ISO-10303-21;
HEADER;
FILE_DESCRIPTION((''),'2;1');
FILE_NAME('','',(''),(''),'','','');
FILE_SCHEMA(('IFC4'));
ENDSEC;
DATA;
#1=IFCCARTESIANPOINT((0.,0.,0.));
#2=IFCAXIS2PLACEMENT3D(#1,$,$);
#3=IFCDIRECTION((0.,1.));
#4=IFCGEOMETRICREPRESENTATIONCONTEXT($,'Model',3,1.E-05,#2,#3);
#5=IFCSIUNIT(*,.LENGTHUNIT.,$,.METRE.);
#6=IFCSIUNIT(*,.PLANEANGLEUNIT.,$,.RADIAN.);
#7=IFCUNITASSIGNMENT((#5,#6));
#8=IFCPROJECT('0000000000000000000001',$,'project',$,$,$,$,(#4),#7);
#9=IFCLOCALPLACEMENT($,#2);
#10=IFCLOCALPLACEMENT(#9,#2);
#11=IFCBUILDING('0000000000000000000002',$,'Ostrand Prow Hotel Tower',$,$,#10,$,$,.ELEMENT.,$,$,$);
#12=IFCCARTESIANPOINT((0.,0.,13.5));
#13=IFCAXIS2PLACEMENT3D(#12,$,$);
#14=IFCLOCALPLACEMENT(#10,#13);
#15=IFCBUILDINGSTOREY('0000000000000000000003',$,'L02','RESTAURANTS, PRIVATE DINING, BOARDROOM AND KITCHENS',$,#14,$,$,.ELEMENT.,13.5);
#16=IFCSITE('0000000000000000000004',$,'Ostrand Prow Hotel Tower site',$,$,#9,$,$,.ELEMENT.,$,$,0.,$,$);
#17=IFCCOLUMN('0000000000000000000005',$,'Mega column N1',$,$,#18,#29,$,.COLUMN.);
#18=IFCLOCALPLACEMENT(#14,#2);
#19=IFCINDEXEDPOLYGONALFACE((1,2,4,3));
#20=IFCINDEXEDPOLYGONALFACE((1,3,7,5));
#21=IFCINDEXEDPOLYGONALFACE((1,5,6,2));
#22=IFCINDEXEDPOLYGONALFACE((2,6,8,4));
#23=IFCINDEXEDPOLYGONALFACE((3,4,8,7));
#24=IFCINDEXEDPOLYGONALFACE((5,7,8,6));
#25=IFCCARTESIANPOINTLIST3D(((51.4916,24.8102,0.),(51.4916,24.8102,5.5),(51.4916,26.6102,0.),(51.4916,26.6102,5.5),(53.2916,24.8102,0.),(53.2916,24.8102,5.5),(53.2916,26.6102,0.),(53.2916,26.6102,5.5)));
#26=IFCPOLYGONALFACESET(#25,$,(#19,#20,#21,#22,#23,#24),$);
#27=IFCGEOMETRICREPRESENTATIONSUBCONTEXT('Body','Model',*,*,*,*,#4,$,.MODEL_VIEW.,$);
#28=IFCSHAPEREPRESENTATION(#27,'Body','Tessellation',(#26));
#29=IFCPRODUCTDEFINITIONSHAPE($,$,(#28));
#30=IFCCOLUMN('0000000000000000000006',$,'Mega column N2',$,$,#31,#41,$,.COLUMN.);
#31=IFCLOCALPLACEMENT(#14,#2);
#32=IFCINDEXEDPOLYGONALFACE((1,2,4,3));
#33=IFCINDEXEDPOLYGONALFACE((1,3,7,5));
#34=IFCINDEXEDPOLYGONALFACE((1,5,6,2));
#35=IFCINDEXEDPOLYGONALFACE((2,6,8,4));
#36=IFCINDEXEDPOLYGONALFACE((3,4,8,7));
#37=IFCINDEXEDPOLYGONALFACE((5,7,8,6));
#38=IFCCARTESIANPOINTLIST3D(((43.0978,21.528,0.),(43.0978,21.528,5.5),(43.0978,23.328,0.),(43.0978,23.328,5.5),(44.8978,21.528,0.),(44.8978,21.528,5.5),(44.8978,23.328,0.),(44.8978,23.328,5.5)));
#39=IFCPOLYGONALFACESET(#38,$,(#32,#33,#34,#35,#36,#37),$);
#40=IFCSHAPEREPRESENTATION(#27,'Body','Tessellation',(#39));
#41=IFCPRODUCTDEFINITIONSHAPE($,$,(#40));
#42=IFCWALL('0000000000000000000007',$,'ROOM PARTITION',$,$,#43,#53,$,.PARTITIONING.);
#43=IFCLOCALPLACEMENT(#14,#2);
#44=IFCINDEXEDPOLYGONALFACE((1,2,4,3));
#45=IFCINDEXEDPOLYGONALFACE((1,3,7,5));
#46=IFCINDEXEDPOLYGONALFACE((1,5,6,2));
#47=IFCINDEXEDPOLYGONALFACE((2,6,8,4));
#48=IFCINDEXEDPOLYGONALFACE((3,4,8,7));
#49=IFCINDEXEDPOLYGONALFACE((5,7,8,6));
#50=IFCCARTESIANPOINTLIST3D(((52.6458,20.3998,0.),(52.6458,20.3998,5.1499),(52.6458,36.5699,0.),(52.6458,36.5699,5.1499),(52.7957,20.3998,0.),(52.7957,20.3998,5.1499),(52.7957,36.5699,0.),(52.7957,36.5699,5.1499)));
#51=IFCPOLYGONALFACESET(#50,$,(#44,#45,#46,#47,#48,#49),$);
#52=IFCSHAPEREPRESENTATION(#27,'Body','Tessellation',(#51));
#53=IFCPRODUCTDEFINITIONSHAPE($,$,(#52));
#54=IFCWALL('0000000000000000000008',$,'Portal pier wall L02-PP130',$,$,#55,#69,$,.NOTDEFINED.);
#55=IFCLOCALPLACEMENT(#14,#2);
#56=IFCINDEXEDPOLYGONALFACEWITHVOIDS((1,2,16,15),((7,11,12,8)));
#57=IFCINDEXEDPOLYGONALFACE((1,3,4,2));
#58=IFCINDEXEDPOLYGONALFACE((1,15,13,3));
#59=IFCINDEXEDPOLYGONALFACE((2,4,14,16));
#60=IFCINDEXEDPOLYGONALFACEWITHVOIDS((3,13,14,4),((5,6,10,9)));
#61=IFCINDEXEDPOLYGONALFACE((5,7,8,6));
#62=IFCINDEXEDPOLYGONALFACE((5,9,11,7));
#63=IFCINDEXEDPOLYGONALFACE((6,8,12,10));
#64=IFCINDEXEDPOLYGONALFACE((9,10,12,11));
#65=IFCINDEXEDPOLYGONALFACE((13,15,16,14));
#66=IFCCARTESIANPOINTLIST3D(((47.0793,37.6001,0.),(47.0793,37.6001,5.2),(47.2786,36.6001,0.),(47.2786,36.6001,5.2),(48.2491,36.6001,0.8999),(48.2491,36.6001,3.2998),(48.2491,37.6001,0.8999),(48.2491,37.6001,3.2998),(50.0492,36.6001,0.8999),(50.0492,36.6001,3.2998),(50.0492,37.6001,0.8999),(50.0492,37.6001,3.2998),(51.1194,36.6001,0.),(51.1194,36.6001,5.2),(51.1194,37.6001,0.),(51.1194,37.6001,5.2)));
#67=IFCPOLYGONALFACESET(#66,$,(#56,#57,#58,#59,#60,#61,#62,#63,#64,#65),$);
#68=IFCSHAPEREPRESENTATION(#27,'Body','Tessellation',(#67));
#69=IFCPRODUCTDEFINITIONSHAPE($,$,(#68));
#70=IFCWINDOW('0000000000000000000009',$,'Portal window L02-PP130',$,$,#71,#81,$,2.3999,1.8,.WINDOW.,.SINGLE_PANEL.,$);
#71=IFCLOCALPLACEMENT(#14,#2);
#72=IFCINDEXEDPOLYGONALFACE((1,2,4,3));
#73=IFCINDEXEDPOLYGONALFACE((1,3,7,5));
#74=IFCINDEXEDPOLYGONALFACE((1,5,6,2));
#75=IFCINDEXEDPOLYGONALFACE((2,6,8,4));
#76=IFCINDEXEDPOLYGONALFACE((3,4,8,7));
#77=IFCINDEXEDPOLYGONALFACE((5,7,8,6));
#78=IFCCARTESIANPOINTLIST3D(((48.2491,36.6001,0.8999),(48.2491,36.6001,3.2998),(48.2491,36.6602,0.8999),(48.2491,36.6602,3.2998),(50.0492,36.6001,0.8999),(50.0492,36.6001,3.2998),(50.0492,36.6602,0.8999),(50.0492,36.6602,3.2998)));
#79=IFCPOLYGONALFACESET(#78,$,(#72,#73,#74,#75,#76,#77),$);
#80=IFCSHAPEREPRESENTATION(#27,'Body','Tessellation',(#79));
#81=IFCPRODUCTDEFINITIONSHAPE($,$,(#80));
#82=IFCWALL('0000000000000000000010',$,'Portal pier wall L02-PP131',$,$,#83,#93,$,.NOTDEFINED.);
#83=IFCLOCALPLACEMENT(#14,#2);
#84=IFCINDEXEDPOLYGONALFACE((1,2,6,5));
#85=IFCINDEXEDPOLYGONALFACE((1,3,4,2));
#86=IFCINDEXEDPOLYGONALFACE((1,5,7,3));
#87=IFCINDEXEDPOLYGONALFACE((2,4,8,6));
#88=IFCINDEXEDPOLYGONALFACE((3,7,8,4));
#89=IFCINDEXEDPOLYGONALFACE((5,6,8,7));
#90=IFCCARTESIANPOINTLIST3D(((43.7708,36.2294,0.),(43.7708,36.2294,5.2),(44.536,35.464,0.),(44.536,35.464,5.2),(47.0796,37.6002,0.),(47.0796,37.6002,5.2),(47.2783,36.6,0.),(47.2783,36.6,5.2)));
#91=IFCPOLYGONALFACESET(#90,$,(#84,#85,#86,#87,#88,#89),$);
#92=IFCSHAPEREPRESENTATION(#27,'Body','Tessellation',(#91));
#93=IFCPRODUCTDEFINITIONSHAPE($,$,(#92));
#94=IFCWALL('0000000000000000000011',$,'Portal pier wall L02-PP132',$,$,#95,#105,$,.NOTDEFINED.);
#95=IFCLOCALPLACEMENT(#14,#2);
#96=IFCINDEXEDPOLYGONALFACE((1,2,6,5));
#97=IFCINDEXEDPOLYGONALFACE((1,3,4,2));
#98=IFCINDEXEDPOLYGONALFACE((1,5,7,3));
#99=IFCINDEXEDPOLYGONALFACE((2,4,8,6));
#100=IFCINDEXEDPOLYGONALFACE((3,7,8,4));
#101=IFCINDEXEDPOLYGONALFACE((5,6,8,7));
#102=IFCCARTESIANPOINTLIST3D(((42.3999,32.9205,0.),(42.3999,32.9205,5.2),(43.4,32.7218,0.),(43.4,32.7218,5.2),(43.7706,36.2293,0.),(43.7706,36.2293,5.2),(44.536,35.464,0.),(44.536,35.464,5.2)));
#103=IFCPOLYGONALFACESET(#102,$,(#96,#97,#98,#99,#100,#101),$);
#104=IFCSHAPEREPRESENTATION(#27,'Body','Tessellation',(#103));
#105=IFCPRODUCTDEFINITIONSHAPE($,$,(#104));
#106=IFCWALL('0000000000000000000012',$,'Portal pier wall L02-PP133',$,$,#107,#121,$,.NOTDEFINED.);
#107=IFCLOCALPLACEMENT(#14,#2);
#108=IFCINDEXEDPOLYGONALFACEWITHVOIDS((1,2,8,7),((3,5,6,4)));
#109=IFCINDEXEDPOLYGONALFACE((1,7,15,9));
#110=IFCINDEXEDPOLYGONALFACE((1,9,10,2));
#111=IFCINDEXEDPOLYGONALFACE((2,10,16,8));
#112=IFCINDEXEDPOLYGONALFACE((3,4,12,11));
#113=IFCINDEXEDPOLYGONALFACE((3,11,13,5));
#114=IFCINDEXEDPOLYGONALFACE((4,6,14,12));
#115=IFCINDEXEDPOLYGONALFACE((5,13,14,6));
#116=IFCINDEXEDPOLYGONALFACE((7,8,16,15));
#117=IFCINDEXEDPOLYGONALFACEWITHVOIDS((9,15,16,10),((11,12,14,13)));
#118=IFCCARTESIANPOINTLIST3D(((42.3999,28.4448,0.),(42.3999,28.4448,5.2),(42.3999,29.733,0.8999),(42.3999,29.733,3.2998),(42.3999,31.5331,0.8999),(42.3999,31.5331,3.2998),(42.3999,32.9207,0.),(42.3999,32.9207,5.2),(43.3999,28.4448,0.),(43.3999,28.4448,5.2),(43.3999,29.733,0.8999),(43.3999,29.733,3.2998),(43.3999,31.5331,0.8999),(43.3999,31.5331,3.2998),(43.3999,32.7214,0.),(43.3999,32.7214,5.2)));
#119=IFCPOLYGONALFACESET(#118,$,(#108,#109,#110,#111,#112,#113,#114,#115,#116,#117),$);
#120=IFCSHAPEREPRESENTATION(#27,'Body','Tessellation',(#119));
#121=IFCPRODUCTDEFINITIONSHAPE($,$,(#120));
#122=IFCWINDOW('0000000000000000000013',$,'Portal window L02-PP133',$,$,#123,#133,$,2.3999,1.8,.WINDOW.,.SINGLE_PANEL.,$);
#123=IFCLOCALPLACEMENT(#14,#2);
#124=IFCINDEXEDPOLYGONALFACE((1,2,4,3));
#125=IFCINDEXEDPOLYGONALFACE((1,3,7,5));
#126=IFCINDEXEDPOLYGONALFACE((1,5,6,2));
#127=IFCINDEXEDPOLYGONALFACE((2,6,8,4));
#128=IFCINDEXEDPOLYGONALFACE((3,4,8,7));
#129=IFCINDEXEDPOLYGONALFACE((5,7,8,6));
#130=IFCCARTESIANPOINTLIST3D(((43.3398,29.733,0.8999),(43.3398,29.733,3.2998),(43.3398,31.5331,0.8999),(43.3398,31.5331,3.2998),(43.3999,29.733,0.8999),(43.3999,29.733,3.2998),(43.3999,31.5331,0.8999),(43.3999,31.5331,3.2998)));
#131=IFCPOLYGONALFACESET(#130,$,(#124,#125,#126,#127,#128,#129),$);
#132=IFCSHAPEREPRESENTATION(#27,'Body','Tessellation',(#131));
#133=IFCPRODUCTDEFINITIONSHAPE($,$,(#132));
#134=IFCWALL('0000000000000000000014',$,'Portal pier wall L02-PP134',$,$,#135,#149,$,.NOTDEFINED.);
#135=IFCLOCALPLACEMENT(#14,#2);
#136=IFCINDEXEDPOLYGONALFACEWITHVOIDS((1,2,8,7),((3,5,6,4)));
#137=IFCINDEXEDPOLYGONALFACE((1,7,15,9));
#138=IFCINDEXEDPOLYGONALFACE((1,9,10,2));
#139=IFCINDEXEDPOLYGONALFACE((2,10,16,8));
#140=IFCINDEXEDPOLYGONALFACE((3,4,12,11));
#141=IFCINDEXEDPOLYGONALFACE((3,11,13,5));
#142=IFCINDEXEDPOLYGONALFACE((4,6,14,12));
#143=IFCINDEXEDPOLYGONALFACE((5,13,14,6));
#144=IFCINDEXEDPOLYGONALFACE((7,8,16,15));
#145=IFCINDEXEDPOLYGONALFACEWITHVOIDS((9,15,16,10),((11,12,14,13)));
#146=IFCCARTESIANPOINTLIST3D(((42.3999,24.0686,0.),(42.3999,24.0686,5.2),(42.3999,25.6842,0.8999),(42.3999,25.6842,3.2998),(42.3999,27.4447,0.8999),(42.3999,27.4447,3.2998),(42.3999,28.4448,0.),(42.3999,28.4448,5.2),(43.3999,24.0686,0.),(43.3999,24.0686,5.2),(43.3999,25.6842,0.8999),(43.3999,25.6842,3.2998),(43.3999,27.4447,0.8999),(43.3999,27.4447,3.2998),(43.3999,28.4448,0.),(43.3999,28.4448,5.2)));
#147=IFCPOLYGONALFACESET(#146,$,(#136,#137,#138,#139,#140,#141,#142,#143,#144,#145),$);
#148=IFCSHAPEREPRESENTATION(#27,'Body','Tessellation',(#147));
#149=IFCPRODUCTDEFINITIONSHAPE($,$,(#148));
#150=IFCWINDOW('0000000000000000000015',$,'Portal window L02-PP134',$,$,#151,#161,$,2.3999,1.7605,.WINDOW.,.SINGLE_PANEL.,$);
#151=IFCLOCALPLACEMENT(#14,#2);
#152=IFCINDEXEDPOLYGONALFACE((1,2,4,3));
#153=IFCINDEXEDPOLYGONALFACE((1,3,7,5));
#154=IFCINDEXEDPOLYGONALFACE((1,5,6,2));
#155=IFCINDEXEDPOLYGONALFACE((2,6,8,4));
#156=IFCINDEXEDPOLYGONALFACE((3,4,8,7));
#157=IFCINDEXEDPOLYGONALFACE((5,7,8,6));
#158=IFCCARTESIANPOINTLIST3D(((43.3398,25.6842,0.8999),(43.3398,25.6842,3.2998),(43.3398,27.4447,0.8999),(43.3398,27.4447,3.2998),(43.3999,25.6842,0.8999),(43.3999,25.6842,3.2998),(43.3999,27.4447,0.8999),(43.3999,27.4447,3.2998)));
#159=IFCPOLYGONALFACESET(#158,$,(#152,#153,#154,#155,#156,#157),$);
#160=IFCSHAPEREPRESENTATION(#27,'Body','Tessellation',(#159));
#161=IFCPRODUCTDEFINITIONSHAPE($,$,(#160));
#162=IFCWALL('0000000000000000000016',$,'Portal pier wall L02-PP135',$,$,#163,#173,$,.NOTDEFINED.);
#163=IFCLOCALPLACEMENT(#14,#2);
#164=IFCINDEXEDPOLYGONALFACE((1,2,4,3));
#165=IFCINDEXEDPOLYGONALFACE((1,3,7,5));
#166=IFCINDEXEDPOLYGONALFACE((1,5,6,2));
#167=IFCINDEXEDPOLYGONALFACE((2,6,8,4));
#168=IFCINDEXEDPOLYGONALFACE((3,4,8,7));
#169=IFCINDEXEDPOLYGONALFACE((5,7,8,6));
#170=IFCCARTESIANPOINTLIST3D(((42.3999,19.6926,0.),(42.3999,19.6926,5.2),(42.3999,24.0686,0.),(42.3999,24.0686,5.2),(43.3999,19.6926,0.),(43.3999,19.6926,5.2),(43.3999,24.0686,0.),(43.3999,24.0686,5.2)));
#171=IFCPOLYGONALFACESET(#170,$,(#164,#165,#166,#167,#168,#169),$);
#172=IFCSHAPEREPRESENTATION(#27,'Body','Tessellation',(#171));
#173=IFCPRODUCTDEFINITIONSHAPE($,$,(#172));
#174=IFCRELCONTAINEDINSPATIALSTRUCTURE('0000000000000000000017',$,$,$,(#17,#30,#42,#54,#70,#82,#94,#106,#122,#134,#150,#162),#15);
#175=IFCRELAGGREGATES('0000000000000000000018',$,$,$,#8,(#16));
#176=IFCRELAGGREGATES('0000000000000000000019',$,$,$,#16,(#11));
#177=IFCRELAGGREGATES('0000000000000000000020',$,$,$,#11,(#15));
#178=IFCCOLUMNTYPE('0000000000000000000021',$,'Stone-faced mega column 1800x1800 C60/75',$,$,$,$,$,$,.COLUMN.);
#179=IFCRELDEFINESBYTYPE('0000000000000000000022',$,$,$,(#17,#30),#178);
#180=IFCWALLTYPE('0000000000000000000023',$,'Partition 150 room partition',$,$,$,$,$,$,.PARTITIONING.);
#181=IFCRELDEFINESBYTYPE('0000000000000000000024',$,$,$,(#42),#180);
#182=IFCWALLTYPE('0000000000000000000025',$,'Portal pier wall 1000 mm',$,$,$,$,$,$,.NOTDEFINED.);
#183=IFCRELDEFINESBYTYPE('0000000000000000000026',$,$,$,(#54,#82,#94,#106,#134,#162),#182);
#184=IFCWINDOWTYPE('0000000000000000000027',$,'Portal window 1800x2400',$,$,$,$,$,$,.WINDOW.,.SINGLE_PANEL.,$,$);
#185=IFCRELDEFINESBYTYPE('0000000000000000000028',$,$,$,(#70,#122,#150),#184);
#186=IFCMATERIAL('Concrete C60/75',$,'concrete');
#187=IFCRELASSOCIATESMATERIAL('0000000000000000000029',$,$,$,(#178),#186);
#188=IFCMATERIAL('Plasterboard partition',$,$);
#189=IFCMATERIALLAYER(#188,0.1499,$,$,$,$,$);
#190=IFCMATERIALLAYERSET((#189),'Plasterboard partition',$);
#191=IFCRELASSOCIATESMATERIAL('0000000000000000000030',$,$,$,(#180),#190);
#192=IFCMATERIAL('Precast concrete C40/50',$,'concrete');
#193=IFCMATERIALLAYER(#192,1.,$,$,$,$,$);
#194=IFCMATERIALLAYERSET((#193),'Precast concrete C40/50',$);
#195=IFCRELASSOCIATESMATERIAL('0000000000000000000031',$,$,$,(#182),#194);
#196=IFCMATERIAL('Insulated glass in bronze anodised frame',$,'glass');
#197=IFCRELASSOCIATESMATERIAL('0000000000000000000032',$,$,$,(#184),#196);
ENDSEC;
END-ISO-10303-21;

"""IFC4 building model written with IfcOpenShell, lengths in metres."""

from ifc_helpers import new_model, si_unit, direction, frame, frame_2d, origin, origin_2d, place, context, subcontext, project, spatial, polyline, rectangle, outline, extrude, material, layer, layer_set, material_profile, profile_set, type_object, element, fill, save


model = new_model("IFC4")

# Units and contexts
model_context = context("Model", 3, precision=1e-05, world=origin(), true_north=direction((0.0, 1.0)))
body_context = subcontext(model_context, "Body", "Model", "MODEL_VIEW")
ifc_project = project(units=[si_unit("LENGTHUNIT", "METRE"), si_unit("PLANEANGLEUNIT", "RADIAN")], contexts=[model_context])

# Site, building, storey
site_placement = place(None, origin())
site = spatial("IfcSite", under=ifc_project, at=site_placement, Name="Ostrand Prow Hotel Tower site", CompositionType="ELEMENT", RefElevation=0.0)
building_placement = place(site_placement, origin())
building = spatial("IfcBuilding", under=site, at=building_placement, Name="Ostrand Prow Hotel Tower", CompositionType="ELEMENT")
storey_placement = place(building_placement, frame((0.0, 0.0, 13.5)))
storey = spatial("IfcBuildingStorey", under=building, at=storey_placement, Name="L02", Description="RESTAURANTS, PRIVATE DINING, BOARDROOM AND KITCHENS", CompositionType="ELEMENT", Elevation=13.5)

# Columns
ifc_material_1 = material(Name="Concrete C60/75", Category="concrete")
ifc_material_profile = material_profile(ifc_material_1, rectangle(XDim=1.8, YDim=1.8, at=origin_2d()), Name="RC 1800x1800")
ifc_profile_set = profile_set([ifc_material_profile], Name="Concrete C60/75")
column_type = type_object("IfcColumnType", Name="Stone-faced mega column 1800x1800 C60/75", PredefinedType="COLUMN", material=ifc_profile_set)
for number, where, z_axis, x_axis, name in (
    (1, (52.3916, 25.7102, 0.0), (0.0, 0.0, 1.0), (1.0, 0.0, 0.0), "Mega column N1"),
    (2, (43.9978, 22.428, 0.0), (0.0, 0.0, 1.0), (1.0, 0.0, 0.0), "Mega column N2"),
):
    element("IfcColumn", number, at=place(storey_placement, frame(where, z_axis=z_axis, x_axis=x_axis)), inside=storey, type_object=column_type, Name=name, PredefinedType="COLUMN", context=body_context, shape_type="SweptSolid", body=[
        extrude(rectangle(XDim=1.8, YDim=1.8, at=origin_2d()), origin(), (0.0, 0.0, 1.0), 5.5),
    ])

# Wall
ifc_material_2 = material(Name="Plasterboard partition")
ifc_layer_1 = layer(ifc_material_2, 0.1499)
ifc_layer_set_1 = layer_set([ifc_layer_1], Name="Plasterboard partition")
wall_type_1 = type_object("IfcWallType", Name="Partition 150 room partition", PredefinedType="PARTITIONING", material=ifc_layer_set_1)
wall_1_placement = place(storey_placement, frame((52.7207, 20.3999, 0.0), z_axis=(0.0, 0.0, 1.0), x_axis=(0.0, 1.0, 0.0)))
element("IfcWall", 3, at=wall_1_placement, inside=storey, type_object=wall_type_1, Name="ROOM PARTITION", PredefinedType="PARTITIONING", context=body_context, shape_type="SweptSolid", body=[
    extrude(rectangle(XDim=16.1702, YDim=0.1499, at=frame_2d((8.085, 0.0))), origin(), (0.0, 0.0, 1.0), 5.1499),
])

# Wall, opening, window
ifc_material_3 = material(Name="Precast concrete C40/50", Category="concrete")
ifc_layer_2 = layer(ifc_material_3, 1.0)
ifc_layer_set_2 = layer_set([ifc_layer_2], Name="Precast concrete C40/50")
wall_type_2 = type_object("IfcWallType", Name="Portal pier wall 1000 mm", PredefinedType="NOTDEFINED", material=ifc_layer_set_2)
wall_2_placement = place(storey_placement, frame((51.1194, 37.1001, 0.0), z_axis=(0.0, 0.0, 1.0), x_axis=(-1.0, 0.0, 0.0)))
wall_2 = element("IfcWall", 4, at=wall_2_placement, inside=storey, type_object=wall_type_2, Name="Portal pier wall L02-PP130", PredefinedType="NOTDEFINED", context=body_context, shape_type="SweptSolid", body=[
    extrude(outline(polyline([(0.0, -0.5), (4.04, -0.5), (3.8408, 0.5), (0.0, 0.5), (0.0, -0.5)])), origin(), (0.0, 0.0, 1.0), 5.2),
])
opening_1_placement = place(wall_2_placement, frame((1.0703, 0.0, 0.8999)))
opening_1 = element("IfcOpeningElement", 5, at=opening_1_placement, cuts=wall_2, PredefinedType="OPENING", context=body_context, shape_type="SweptSolid", body=[
    extrude(rectangle(XDim=1.8, YDim=2.3999, at=frame_2d((0.8999, 1.2))), frame((0.0, 0.51, 0.0), z_axis=(0.0, -1.0, 0.0), x_axis=(1.0, 0.0, 0.0)), (0.0, 0.0, 1.0), 1.02),
])
ifc_material_4 = material(Name="Insulated glass in bronze anodised frame", Category="glass")
window_type = type_object("IfcWindowType", Name="Portal window 1800x2400", PartitioningType="SINGLE_PANEL", PredefinedType="WINDOW", material=ifc_material_4)
window_1_placement = place(opening_1_placement, origin())
window_1 = element("IfcWindow", 6, at=window_1_placement, inside=storey, type_object=window_type, Name="Portal window L02-PP130", OverallHeight=2.3999, OverallWidth=1.8, PartitioningType="SINGLE_PANEL", PredefinedType="WINDOW", context=body_context, shape_type="SweptSolid", body=[
    extrude(rectangle(XDim=1.8, YDim=2.3999, at=frame_2d((0.8999, 1.2))), frame((0.0, 0.5, 0.0), z_axis=(0.0, -1.0, 0.0), x_axis=(1.0, 0.0, 0.0)), (0.0, 0.0, 1.0), 0.0601),
])
fill(opening_1, window_1)

# Walls
wall_3_placement = place(storey_placement, frame((47.179, 37.1001, 0.0), z_axis=(0.0, 0.0, 1.0), x_axis=(-0.923862, -0.382725, 0.0)))
element("IfcWall", 7, at=wall_3_placement, inside=storey, type_object=wall_type_2, Name="Portal pier wall L02-PP131", PredefinedType="NOTDEFINED", context=body_context, shape_type="SweptSolid", body=[
    extrude(outline(polyline([(-0.0996, -0.5), (3.4819, -0.5), (3.0679, 0.5), (0.0996, 0.5), (-0.0996, -0.5)])), origin(), (0.0, 0.0, 1.0), 5.2),
])
wall_4_placement = place(storey_placement, frame((44.1533, 35.8467, 0.0), z_axis=(0.0, 0.0, 1.0), x_axis=(-0.382725, -0.923862, 0.0)))
element("IfcWall", 8, at=wall_4_placement, inside=storey, type_object=wall_type_2, Name="Portal pier wall L02-PP132", PredefinedType="NOTDEFINED", context=body_context, shape_type="SweptSolid", body=[
    extrude(outline(polyline([(-0.207, -0.5), (3.3745, -0.5), (3.1753, 0.5), (0.207, 0.5), (-0.207, -0.5)])), origin(), (0.0, 0.0, 1.0), 5.2),
])

# Walls, openings, windows
wall_5_placement = place(storey_placement, frame((42.8999, 32.821, 0.0), z_axis=(0.0, 0.0, 1.0), x_axis=(0.0, -1.0, 0.0)))
wall_5 = element("IfcWall", 9, at=wall_5_placement, inside=storey, type_object=wall_type_2, Name="Portal pier wall L02-PP133", PredefinedType="NOTDEFINED", context=body_context, shape_type="SweptSolid", body=[
    extrude(outline(polyline([(-0.0996, -0.5), (4.3762, -0.5), (4.3762, 0.5), (0.0996, 0.5), (-0.0996, -0.5)])), origin(), (0.0, 0.0, 1.0), 5.2),
])
opening_2_placement = place(wall_5_placement, frame((1.2881, 0.0, 0.8999)))
opening_2 = element("IfcOpeningElement", 10, at=opening_2_placement, cuts=wall_5, PredefinedType="OPENING", context=body_context, shape_type="SweptSolid", body=[
    extrude(rectangle(XDim=1.8, YDim=2.3999, at=frame_2d((0.8999, 1.2))), frame((0.0, 0.51, 0.0), z_axis=(0.0, -1.0, 0.0), x_axis=(1.0, 0.0, 0.0)), (0.0, 0.0, 1.0), 1.02),
])
window_2_placement = place(opening_2_placement, origin())
window_2 = element("IfcWindow", 11, at=window_2_placement, inside=storey, type_object=window_type, Name="Portal window L02-PP133", OverallHeight=2.3999, OverallWidth=1.8, PartitioningType="SINGLE_PANEL", PredefinedType="WINDOW", context=body_context, shape_type="SweptSolid", body=[
    extrude(rectangle(XDim=1.8, YDim=2.3999, at=frame_2d((0.8999, 1.2))), frame((0.0, 0.5, 0.0), z_axis=(0.0, -1.0, 0.0), x_axis=(1.0, 0.0, 0.0)), (0.0, 0.0, 1.0), 0.0601),
])
fill(opening_2, window_2)
wall_6_placement = place(storey_placement, frame((42.8999, 28.4448, 0.0), z_axis=(0.0, 0.0, 1.0), x_axis=(0.0, -1.0, 0.0)))
wall_6 = element("IfcWall", 12, at=wall_6_placement, inside=storey, type_object=wall_type_2, Name="Portal pier wall L02-PP134", PredefinedType="NOTDEFINED", context=body_context, shape_type="SweptSolid", body=[
    extrude(outline(polyline([(0.0, -0.5), (4.3762, -0.5), (4.3762, 0.5), (0.0, 0.5), (0.0, -0.5)])), origin(), (0.0, 0.0, 1.0), 5.2),
])
opening_3_placement = place(wall_6_placement, frame((1.0, 0.0, 0.8999)))
opening_3 = element("IfcOpeningElement", 13, at=opening_3_placement, cuts=wall_6, PredefinedType="OPENING", context=body_context, shape_type="SweptSolid", body=[
    extrude(rectangle(XDim=1.7605, YDim=2.3999, at=frame_2d((0.8804, 1.2))), frame((0.0, 0.51, 0.0), z_axis=(0.0, -1.0, 0.0), x_axis=(1.0, 0.0, 0.0)), (0.0, 0.0, 1.0), 1.02),
])
window_3_placement = place(opening_3_placement, origin())
window_3 = element("IfcWindow", 14, at=window_3_placement, inside=storey, type_object=window_type, Name="Portal window L02-PP134", OverallHeight=2.3999, OverallWidth=1.7605, PartitioningType="SINGLE_PANEL", PredefinedType="WINDOW", context=body_context, shape_type="SweptSolid", body=[
    extrude(rectangle(XDim=1.7605, YDim=2.3999, at=frame_2d((0.8804, 1.2))), frame((0.0, 0.5, 0.0), z_axis=(0.0, -1.0, 0.0), x_axis=(1.0, 0.0, 0.0)), (0.0, 0.0, 1.0), 0.0601),
])
fill(opening_3, window_3)

# Wall
wall_7_placement = place(storey_placement, frame((42.8999, 24.0686, 0.0), z_axis=(0.0, 0.0, 1.0), x_axis=(0.0, -1.0, 0.0)))
element("IfcWall", 15, at=wall_7_placement, inside=storey, type_object=wall_type_2, Name="Portal pier wall L02-PP135", PredefinedType="NOTDEFINED", context=body_context, shape_type="SweptSolid", body=[
    extrude(outline(polyline([(0.0, -0.5), (4.376, -0.5), (4.376, 0.5), (0.0, 0.5), (0.0, -0.5)])), origin(), (0.0, 0.0, 1.0), 5.2),
])

save(model, "model.ifc")
